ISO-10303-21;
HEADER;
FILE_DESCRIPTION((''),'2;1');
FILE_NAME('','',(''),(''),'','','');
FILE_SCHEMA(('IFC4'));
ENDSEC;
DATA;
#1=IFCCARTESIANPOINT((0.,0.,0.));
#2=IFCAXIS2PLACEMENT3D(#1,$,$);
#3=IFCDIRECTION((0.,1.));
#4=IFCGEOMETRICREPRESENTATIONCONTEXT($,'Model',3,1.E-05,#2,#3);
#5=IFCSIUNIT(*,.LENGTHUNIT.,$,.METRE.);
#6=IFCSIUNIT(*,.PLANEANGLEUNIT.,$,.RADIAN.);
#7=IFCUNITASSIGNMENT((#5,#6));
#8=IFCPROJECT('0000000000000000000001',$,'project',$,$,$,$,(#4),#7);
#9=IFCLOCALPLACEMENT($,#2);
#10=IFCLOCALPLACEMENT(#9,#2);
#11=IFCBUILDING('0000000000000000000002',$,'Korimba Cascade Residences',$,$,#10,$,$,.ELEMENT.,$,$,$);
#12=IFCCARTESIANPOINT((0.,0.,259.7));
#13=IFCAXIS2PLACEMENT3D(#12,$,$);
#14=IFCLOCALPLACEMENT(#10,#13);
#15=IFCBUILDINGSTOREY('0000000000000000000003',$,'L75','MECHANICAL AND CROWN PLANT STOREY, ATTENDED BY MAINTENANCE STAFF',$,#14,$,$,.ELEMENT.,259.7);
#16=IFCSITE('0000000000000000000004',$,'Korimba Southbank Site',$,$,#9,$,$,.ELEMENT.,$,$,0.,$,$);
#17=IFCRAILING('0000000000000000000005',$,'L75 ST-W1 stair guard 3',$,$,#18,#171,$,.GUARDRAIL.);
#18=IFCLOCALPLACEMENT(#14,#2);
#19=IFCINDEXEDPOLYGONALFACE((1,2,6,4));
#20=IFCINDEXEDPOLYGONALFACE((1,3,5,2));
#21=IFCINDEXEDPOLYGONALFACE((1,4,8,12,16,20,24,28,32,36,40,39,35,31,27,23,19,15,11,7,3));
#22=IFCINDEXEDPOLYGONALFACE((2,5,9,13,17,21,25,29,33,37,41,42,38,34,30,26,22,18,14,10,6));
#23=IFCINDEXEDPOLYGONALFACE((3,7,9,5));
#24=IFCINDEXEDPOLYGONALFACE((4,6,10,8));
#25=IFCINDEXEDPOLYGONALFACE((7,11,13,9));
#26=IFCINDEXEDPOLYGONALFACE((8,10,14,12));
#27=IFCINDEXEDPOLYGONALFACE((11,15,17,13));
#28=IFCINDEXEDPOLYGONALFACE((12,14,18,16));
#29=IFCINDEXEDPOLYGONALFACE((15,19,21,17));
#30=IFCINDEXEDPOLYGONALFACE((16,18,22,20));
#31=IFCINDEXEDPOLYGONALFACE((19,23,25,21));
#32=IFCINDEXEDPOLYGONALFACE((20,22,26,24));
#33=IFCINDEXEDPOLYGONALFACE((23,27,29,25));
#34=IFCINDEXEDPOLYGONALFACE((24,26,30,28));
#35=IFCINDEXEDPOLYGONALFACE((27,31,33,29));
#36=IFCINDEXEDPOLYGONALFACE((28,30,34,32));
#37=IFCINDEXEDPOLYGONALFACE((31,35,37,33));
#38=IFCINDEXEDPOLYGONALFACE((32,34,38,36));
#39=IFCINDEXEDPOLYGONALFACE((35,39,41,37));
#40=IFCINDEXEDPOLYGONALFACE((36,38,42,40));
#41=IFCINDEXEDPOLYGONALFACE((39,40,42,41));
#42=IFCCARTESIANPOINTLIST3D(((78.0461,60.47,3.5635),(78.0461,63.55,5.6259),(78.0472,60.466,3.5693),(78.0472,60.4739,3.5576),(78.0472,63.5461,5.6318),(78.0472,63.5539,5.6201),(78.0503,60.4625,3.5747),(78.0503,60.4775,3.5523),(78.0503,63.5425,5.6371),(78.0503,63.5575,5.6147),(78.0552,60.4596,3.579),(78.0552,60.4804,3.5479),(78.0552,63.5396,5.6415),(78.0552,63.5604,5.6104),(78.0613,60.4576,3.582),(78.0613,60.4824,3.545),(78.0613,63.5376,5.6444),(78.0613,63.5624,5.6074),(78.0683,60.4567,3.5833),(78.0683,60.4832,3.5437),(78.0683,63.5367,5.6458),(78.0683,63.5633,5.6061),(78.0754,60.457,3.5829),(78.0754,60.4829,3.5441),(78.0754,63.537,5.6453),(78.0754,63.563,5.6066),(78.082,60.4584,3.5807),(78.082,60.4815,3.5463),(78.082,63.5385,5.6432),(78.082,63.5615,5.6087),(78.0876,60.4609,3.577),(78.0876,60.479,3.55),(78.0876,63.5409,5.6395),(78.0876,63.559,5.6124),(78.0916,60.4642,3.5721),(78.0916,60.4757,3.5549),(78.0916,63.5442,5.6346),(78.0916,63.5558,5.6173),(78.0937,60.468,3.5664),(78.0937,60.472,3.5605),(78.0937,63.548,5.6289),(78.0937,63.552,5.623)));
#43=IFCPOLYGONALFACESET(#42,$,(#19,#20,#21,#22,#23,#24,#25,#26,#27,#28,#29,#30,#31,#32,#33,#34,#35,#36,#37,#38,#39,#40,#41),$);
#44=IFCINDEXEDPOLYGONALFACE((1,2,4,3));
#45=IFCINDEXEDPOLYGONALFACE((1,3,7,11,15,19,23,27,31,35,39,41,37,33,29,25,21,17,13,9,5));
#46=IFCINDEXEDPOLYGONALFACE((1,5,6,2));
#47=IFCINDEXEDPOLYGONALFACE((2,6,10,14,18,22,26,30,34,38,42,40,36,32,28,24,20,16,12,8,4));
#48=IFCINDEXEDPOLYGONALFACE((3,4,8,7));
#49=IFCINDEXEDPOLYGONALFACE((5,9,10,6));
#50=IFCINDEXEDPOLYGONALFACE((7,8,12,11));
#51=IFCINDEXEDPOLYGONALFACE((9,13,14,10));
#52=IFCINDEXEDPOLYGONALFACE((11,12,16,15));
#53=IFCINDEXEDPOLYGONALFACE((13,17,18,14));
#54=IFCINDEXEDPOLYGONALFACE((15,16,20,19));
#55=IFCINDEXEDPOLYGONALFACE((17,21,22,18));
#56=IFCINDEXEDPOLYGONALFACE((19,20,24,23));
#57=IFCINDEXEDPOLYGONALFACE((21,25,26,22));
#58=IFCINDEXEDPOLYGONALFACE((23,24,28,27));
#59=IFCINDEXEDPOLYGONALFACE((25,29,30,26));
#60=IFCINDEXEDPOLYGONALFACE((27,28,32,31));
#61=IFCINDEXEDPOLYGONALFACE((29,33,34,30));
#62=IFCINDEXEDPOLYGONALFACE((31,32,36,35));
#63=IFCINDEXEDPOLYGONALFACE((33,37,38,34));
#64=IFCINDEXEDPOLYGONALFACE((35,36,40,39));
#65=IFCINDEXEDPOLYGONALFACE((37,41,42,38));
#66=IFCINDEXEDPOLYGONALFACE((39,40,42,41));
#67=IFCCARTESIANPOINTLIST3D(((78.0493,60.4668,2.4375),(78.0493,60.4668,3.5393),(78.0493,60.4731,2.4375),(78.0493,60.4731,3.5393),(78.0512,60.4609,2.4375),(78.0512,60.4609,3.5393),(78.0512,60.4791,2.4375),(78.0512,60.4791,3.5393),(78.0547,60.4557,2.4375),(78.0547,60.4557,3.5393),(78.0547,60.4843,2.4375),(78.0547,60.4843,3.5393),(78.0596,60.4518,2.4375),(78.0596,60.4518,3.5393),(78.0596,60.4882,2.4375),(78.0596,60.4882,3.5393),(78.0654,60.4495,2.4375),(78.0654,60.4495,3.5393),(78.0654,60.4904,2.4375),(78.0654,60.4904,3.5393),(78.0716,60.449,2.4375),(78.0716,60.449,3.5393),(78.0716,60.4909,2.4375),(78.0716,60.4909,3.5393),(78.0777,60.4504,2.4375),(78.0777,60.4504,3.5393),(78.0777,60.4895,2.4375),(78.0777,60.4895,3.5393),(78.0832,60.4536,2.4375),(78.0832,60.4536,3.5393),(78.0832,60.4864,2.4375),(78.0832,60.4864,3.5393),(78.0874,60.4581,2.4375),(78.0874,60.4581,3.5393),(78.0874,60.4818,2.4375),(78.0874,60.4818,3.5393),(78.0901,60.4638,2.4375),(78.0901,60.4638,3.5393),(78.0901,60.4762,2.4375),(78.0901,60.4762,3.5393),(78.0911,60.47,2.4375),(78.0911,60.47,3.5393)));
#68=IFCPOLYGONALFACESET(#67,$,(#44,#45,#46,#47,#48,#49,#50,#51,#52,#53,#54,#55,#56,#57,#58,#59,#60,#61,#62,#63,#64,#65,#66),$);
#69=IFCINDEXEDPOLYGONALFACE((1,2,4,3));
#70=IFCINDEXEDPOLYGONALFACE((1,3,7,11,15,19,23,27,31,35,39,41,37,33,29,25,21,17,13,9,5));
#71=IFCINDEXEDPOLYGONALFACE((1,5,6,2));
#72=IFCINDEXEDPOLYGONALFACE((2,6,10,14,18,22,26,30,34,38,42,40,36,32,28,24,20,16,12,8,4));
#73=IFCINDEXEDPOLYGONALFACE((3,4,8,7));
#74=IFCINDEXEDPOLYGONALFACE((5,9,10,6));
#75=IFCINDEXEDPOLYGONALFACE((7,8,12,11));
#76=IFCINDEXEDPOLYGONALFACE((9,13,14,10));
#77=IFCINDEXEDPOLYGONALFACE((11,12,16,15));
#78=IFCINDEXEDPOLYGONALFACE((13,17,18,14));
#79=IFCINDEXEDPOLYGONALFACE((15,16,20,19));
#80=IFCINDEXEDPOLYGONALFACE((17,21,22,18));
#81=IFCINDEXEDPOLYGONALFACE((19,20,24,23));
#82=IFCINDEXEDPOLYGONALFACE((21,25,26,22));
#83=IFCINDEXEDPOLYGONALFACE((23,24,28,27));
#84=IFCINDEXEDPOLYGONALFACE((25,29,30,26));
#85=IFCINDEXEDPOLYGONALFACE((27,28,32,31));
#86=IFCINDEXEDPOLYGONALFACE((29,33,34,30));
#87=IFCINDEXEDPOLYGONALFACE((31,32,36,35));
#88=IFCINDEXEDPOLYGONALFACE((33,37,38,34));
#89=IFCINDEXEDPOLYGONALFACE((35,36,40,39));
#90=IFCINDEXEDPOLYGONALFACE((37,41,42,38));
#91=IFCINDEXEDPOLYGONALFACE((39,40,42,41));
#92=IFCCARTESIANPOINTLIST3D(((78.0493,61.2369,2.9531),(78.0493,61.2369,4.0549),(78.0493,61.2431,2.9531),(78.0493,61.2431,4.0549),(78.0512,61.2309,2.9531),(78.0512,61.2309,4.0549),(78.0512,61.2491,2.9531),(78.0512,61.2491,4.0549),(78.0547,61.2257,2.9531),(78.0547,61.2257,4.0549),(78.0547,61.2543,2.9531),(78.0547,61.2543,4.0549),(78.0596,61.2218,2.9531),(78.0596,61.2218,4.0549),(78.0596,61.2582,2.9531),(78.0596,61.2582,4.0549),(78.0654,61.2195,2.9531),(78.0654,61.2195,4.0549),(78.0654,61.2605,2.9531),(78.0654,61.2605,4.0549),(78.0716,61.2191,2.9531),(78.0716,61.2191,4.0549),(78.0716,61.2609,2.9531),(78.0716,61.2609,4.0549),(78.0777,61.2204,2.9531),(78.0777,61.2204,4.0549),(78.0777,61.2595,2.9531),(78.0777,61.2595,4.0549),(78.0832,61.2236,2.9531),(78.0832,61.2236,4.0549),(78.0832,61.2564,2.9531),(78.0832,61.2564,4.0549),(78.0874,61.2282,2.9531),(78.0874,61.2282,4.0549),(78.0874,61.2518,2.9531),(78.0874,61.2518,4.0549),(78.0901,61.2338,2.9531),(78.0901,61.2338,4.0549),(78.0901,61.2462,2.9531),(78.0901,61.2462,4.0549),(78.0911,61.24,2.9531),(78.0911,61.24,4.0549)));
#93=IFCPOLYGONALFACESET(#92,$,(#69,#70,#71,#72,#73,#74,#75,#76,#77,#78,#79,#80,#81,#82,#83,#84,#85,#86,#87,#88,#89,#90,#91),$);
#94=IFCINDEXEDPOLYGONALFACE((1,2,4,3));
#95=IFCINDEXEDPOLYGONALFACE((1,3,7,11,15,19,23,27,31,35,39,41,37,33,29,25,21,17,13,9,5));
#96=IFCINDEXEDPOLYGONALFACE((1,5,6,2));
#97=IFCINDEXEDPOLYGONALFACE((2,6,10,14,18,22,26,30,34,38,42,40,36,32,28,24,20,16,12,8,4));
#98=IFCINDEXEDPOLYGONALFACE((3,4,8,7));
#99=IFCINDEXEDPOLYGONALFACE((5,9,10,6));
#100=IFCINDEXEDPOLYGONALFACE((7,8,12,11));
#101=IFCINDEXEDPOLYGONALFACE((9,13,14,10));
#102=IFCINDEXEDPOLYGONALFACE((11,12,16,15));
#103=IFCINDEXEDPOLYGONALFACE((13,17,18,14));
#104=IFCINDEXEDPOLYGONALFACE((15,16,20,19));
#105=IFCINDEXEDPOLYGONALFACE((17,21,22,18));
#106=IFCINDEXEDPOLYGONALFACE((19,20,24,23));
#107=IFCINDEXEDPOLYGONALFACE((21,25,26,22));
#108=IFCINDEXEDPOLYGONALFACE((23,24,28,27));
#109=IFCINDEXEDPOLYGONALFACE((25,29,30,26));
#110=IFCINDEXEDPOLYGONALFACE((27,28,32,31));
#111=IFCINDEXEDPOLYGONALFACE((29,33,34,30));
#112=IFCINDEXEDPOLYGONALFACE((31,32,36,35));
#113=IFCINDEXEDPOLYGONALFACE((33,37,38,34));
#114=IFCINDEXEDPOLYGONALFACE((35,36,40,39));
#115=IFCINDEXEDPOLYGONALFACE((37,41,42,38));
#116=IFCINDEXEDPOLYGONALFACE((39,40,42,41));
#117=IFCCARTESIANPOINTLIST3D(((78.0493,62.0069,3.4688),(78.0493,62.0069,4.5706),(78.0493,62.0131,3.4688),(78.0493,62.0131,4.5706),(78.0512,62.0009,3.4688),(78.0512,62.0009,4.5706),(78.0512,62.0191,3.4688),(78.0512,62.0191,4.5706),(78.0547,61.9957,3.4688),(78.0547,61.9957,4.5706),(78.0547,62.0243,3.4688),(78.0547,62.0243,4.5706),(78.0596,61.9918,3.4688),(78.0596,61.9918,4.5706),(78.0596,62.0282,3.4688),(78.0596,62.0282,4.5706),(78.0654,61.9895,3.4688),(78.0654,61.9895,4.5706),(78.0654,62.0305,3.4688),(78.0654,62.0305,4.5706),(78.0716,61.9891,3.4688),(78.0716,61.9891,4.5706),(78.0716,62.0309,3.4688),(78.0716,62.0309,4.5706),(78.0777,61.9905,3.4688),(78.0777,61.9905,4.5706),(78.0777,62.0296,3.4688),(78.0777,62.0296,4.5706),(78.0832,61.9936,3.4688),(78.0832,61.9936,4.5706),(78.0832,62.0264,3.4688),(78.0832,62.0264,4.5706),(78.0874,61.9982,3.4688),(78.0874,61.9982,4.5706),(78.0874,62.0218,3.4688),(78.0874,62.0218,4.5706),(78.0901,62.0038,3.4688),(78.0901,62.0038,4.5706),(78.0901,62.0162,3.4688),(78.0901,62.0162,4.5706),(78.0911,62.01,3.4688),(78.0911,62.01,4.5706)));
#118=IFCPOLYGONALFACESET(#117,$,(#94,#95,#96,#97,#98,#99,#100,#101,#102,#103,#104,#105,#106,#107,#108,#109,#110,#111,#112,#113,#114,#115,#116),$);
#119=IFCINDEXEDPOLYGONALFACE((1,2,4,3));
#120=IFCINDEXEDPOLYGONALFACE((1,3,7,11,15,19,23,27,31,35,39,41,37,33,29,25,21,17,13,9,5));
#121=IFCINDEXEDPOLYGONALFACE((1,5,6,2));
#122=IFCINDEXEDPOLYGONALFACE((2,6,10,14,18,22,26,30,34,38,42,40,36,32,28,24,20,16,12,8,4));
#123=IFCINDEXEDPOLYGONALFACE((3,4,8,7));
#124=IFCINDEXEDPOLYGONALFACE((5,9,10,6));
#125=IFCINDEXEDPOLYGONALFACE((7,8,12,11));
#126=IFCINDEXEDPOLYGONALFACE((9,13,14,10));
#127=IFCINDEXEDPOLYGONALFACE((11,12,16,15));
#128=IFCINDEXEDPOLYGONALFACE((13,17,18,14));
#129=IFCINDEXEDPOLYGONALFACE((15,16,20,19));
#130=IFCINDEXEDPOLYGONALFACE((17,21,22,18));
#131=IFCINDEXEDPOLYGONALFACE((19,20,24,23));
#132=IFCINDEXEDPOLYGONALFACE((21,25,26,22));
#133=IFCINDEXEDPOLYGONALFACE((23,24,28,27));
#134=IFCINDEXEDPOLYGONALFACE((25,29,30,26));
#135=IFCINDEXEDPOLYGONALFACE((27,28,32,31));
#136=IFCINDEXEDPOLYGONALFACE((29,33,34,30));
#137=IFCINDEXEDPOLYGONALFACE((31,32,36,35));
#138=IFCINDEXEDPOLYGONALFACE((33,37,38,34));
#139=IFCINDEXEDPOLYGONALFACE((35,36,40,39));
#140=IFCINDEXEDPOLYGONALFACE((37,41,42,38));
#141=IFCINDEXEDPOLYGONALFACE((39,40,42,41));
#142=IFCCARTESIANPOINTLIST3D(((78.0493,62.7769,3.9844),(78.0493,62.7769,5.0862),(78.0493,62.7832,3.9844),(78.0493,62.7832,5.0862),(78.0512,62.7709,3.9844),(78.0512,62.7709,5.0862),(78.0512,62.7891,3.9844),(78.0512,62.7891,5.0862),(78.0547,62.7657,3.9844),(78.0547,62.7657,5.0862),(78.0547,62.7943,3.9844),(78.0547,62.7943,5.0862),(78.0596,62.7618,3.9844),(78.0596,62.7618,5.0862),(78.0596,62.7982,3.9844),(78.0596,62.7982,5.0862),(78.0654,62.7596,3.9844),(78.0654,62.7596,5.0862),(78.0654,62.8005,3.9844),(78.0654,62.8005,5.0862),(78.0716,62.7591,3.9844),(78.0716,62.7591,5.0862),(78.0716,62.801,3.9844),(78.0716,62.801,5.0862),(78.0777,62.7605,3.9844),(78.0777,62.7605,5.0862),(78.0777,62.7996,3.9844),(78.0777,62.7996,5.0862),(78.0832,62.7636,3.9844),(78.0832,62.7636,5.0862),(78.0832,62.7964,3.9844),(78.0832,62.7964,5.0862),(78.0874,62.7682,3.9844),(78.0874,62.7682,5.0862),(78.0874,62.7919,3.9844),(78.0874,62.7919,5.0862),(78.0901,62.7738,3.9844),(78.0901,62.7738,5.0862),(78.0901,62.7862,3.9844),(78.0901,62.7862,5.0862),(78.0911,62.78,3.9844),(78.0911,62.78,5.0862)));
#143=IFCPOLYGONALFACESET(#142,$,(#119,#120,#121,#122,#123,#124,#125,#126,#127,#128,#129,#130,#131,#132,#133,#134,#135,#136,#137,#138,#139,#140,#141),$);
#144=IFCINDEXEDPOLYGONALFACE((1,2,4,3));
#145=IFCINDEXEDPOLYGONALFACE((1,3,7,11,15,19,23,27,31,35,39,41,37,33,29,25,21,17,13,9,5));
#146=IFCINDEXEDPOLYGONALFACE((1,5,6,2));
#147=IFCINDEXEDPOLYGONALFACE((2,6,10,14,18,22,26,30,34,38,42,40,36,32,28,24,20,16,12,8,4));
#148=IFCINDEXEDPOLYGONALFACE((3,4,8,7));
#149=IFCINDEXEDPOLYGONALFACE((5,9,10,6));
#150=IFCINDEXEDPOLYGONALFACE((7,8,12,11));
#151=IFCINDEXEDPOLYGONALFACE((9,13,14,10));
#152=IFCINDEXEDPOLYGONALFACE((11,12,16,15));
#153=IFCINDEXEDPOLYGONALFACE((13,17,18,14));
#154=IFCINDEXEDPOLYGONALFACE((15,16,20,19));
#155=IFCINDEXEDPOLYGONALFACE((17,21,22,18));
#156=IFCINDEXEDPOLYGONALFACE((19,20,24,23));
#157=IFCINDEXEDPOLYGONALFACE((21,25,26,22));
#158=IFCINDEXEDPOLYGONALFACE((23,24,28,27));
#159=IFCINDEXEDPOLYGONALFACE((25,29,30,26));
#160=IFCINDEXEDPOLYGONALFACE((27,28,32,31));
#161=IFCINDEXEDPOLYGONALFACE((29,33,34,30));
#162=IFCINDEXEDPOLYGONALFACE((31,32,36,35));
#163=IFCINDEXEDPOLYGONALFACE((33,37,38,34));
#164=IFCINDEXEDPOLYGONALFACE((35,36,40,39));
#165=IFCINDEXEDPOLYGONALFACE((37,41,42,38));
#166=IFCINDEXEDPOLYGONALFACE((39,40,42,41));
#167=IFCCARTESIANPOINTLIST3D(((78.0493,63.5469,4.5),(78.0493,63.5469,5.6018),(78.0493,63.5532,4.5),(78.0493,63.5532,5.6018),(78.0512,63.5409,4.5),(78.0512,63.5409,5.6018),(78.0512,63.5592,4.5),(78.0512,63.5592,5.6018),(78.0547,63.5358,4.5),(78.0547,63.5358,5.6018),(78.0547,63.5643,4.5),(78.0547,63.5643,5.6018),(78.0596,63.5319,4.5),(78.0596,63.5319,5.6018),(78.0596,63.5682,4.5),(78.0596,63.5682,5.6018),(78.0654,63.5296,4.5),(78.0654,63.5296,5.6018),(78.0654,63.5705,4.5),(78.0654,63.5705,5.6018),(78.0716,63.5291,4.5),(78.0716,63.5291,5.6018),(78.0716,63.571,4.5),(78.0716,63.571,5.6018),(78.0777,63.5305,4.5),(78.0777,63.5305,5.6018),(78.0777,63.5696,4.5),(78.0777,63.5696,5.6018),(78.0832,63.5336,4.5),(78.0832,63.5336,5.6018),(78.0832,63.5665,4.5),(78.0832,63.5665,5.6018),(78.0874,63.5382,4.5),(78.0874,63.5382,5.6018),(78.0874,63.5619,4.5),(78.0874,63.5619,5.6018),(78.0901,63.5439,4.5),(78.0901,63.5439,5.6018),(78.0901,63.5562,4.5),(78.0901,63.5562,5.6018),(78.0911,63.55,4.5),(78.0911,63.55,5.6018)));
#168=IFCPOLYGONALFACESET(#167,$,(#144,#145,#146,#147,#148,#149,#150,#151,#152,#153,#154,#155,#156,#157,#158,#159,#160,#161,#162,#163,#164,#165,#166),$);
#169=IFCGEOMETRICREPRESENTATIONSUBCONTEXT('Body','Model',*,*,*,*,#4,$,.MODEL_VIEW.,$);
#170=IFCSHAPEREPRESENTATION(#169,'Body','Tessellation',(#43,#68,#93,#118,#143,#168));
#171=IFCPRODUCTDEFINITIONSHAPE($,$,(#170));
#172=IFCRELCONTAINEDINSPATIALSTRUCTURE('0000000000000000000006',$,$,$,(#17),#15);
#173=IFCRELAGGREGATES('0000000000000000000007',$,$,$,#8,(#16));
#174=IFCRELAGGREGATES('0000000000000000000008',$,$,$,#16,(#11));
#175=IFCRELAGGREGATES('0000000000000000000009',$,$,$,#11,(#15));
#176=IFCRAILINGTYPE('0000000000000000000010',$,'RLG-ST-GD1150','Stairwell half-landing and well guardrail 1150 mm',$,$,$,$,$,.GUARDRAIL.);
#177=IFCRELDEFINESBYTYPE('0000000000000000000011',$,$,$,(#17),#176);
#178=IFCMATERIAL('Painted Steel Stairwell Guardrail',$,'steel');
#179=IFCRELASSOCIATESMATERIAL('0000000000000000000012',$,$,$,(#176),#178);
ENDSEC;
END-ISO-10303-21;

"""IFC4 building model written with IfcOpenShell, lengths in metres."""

from ifc_helpers import new_model, si_unit, direction, frame, origin, origin_2d, place, context, subcontext, project, spatial, circle, extrude, material, type_object, element, save


model = new_model("IFC4")

# Units and contexts
model_context = context("Model", 3, precision=1e-05, world=origin(), true_north=direction((0.0, 1.0)))
body_context = subcontext(model_context, "Body", "Model", "MODEL_VIEW")
ifc_project = project(units=[si_unit("LENGTHUNIT", "METRE"), si_unit("PLANEANGLEUNIT", "RADIAN")], contexts=[model_context])

# Site, building, storey
site_placement = place(None, origin())
site = spatial("IfcSite", under=ifc_project, at=site_placement, Name="Korimba Southbank Site", CompositionType="ELEMENT", RefElevation=0.0)
building_placement = place(site_placement, origin())
building = spatial("IfcBuilding", under=site, at=building_placement, Name="Korimba Cascade Residences", CompositionType="ELEMENT")
storey_placement = place(building_placement, frame((0.0, 0.0, 259.7)))
storey = spatial("IfcBuildingStorey", under=building, at=storey_placement, Name="L75", Description="MECHANICAL AND CROWN PLANT STOREY, ATTENDED BY MAINTENANCE STAFF", CompositionType="ELEMENT", Elevation=259.7)

# Railing
ifc_material_1 = material(Name="Painted Steel Stairwell Guardrail", Category="steel")
railing_type_1 = type_object("IfcRailingType", Name="RLG-ST-GD1150", Description="Stairwell half-landing and well guardrail 1150 mm", PredefinedType="GUARDRAIL", material=ifc_material_1)
railing_1_placement = place(storey_placement, frame((78.0701, 60.47, 2.4375)))
element("IfcRailing", 1, at=railing_1_placement, inside=storey, type_object=railing_type_1, Name="L75 ST-W1 stair guard 3", PredefinedType="GUARDRAIL", context=body_context, shape_type="SweptSolid", body=[
    extrude(circle(Radius=0.0239, at=origin_2d()), frame((0.0, 0.0, 1.126), z_axis=(0.0, 0.830914, 0.556401), x_axis=(-1.0, 0.0, 0.0)), (0.0, 0.0, 1.0), 3.7068),
    extrude(circle(Radius=0.021, at=origin_2d()), origin(), (0.0, 0.0, 1.0), 1.1018),
    extrude(circle(Radius=0.021, at=origin_2d()), frame((0.0, 0.77, 0.5156)), (0.0, 0.0, 1.0), 1.1018),
    extrude(circle(Radius=0.021, at=origin_2d()), frame((0.0, 1.54, 1.0312)), (0.0, 0.0, 1.0), 1.1018),
    extrude(circle(Radius=0.021, at=origin_2d()), frame((0.0, 2.3101, 1.5469)), (0.0, 0.0, 1.0), 1.1018),
    extrude(circle(Radius=0.021, at=origin_2d()), frame((0.0, 3.0801, 2.0625)), (0.0, 0.0, 1.0), 1.1018),
])

save(model, "model.ifc")
